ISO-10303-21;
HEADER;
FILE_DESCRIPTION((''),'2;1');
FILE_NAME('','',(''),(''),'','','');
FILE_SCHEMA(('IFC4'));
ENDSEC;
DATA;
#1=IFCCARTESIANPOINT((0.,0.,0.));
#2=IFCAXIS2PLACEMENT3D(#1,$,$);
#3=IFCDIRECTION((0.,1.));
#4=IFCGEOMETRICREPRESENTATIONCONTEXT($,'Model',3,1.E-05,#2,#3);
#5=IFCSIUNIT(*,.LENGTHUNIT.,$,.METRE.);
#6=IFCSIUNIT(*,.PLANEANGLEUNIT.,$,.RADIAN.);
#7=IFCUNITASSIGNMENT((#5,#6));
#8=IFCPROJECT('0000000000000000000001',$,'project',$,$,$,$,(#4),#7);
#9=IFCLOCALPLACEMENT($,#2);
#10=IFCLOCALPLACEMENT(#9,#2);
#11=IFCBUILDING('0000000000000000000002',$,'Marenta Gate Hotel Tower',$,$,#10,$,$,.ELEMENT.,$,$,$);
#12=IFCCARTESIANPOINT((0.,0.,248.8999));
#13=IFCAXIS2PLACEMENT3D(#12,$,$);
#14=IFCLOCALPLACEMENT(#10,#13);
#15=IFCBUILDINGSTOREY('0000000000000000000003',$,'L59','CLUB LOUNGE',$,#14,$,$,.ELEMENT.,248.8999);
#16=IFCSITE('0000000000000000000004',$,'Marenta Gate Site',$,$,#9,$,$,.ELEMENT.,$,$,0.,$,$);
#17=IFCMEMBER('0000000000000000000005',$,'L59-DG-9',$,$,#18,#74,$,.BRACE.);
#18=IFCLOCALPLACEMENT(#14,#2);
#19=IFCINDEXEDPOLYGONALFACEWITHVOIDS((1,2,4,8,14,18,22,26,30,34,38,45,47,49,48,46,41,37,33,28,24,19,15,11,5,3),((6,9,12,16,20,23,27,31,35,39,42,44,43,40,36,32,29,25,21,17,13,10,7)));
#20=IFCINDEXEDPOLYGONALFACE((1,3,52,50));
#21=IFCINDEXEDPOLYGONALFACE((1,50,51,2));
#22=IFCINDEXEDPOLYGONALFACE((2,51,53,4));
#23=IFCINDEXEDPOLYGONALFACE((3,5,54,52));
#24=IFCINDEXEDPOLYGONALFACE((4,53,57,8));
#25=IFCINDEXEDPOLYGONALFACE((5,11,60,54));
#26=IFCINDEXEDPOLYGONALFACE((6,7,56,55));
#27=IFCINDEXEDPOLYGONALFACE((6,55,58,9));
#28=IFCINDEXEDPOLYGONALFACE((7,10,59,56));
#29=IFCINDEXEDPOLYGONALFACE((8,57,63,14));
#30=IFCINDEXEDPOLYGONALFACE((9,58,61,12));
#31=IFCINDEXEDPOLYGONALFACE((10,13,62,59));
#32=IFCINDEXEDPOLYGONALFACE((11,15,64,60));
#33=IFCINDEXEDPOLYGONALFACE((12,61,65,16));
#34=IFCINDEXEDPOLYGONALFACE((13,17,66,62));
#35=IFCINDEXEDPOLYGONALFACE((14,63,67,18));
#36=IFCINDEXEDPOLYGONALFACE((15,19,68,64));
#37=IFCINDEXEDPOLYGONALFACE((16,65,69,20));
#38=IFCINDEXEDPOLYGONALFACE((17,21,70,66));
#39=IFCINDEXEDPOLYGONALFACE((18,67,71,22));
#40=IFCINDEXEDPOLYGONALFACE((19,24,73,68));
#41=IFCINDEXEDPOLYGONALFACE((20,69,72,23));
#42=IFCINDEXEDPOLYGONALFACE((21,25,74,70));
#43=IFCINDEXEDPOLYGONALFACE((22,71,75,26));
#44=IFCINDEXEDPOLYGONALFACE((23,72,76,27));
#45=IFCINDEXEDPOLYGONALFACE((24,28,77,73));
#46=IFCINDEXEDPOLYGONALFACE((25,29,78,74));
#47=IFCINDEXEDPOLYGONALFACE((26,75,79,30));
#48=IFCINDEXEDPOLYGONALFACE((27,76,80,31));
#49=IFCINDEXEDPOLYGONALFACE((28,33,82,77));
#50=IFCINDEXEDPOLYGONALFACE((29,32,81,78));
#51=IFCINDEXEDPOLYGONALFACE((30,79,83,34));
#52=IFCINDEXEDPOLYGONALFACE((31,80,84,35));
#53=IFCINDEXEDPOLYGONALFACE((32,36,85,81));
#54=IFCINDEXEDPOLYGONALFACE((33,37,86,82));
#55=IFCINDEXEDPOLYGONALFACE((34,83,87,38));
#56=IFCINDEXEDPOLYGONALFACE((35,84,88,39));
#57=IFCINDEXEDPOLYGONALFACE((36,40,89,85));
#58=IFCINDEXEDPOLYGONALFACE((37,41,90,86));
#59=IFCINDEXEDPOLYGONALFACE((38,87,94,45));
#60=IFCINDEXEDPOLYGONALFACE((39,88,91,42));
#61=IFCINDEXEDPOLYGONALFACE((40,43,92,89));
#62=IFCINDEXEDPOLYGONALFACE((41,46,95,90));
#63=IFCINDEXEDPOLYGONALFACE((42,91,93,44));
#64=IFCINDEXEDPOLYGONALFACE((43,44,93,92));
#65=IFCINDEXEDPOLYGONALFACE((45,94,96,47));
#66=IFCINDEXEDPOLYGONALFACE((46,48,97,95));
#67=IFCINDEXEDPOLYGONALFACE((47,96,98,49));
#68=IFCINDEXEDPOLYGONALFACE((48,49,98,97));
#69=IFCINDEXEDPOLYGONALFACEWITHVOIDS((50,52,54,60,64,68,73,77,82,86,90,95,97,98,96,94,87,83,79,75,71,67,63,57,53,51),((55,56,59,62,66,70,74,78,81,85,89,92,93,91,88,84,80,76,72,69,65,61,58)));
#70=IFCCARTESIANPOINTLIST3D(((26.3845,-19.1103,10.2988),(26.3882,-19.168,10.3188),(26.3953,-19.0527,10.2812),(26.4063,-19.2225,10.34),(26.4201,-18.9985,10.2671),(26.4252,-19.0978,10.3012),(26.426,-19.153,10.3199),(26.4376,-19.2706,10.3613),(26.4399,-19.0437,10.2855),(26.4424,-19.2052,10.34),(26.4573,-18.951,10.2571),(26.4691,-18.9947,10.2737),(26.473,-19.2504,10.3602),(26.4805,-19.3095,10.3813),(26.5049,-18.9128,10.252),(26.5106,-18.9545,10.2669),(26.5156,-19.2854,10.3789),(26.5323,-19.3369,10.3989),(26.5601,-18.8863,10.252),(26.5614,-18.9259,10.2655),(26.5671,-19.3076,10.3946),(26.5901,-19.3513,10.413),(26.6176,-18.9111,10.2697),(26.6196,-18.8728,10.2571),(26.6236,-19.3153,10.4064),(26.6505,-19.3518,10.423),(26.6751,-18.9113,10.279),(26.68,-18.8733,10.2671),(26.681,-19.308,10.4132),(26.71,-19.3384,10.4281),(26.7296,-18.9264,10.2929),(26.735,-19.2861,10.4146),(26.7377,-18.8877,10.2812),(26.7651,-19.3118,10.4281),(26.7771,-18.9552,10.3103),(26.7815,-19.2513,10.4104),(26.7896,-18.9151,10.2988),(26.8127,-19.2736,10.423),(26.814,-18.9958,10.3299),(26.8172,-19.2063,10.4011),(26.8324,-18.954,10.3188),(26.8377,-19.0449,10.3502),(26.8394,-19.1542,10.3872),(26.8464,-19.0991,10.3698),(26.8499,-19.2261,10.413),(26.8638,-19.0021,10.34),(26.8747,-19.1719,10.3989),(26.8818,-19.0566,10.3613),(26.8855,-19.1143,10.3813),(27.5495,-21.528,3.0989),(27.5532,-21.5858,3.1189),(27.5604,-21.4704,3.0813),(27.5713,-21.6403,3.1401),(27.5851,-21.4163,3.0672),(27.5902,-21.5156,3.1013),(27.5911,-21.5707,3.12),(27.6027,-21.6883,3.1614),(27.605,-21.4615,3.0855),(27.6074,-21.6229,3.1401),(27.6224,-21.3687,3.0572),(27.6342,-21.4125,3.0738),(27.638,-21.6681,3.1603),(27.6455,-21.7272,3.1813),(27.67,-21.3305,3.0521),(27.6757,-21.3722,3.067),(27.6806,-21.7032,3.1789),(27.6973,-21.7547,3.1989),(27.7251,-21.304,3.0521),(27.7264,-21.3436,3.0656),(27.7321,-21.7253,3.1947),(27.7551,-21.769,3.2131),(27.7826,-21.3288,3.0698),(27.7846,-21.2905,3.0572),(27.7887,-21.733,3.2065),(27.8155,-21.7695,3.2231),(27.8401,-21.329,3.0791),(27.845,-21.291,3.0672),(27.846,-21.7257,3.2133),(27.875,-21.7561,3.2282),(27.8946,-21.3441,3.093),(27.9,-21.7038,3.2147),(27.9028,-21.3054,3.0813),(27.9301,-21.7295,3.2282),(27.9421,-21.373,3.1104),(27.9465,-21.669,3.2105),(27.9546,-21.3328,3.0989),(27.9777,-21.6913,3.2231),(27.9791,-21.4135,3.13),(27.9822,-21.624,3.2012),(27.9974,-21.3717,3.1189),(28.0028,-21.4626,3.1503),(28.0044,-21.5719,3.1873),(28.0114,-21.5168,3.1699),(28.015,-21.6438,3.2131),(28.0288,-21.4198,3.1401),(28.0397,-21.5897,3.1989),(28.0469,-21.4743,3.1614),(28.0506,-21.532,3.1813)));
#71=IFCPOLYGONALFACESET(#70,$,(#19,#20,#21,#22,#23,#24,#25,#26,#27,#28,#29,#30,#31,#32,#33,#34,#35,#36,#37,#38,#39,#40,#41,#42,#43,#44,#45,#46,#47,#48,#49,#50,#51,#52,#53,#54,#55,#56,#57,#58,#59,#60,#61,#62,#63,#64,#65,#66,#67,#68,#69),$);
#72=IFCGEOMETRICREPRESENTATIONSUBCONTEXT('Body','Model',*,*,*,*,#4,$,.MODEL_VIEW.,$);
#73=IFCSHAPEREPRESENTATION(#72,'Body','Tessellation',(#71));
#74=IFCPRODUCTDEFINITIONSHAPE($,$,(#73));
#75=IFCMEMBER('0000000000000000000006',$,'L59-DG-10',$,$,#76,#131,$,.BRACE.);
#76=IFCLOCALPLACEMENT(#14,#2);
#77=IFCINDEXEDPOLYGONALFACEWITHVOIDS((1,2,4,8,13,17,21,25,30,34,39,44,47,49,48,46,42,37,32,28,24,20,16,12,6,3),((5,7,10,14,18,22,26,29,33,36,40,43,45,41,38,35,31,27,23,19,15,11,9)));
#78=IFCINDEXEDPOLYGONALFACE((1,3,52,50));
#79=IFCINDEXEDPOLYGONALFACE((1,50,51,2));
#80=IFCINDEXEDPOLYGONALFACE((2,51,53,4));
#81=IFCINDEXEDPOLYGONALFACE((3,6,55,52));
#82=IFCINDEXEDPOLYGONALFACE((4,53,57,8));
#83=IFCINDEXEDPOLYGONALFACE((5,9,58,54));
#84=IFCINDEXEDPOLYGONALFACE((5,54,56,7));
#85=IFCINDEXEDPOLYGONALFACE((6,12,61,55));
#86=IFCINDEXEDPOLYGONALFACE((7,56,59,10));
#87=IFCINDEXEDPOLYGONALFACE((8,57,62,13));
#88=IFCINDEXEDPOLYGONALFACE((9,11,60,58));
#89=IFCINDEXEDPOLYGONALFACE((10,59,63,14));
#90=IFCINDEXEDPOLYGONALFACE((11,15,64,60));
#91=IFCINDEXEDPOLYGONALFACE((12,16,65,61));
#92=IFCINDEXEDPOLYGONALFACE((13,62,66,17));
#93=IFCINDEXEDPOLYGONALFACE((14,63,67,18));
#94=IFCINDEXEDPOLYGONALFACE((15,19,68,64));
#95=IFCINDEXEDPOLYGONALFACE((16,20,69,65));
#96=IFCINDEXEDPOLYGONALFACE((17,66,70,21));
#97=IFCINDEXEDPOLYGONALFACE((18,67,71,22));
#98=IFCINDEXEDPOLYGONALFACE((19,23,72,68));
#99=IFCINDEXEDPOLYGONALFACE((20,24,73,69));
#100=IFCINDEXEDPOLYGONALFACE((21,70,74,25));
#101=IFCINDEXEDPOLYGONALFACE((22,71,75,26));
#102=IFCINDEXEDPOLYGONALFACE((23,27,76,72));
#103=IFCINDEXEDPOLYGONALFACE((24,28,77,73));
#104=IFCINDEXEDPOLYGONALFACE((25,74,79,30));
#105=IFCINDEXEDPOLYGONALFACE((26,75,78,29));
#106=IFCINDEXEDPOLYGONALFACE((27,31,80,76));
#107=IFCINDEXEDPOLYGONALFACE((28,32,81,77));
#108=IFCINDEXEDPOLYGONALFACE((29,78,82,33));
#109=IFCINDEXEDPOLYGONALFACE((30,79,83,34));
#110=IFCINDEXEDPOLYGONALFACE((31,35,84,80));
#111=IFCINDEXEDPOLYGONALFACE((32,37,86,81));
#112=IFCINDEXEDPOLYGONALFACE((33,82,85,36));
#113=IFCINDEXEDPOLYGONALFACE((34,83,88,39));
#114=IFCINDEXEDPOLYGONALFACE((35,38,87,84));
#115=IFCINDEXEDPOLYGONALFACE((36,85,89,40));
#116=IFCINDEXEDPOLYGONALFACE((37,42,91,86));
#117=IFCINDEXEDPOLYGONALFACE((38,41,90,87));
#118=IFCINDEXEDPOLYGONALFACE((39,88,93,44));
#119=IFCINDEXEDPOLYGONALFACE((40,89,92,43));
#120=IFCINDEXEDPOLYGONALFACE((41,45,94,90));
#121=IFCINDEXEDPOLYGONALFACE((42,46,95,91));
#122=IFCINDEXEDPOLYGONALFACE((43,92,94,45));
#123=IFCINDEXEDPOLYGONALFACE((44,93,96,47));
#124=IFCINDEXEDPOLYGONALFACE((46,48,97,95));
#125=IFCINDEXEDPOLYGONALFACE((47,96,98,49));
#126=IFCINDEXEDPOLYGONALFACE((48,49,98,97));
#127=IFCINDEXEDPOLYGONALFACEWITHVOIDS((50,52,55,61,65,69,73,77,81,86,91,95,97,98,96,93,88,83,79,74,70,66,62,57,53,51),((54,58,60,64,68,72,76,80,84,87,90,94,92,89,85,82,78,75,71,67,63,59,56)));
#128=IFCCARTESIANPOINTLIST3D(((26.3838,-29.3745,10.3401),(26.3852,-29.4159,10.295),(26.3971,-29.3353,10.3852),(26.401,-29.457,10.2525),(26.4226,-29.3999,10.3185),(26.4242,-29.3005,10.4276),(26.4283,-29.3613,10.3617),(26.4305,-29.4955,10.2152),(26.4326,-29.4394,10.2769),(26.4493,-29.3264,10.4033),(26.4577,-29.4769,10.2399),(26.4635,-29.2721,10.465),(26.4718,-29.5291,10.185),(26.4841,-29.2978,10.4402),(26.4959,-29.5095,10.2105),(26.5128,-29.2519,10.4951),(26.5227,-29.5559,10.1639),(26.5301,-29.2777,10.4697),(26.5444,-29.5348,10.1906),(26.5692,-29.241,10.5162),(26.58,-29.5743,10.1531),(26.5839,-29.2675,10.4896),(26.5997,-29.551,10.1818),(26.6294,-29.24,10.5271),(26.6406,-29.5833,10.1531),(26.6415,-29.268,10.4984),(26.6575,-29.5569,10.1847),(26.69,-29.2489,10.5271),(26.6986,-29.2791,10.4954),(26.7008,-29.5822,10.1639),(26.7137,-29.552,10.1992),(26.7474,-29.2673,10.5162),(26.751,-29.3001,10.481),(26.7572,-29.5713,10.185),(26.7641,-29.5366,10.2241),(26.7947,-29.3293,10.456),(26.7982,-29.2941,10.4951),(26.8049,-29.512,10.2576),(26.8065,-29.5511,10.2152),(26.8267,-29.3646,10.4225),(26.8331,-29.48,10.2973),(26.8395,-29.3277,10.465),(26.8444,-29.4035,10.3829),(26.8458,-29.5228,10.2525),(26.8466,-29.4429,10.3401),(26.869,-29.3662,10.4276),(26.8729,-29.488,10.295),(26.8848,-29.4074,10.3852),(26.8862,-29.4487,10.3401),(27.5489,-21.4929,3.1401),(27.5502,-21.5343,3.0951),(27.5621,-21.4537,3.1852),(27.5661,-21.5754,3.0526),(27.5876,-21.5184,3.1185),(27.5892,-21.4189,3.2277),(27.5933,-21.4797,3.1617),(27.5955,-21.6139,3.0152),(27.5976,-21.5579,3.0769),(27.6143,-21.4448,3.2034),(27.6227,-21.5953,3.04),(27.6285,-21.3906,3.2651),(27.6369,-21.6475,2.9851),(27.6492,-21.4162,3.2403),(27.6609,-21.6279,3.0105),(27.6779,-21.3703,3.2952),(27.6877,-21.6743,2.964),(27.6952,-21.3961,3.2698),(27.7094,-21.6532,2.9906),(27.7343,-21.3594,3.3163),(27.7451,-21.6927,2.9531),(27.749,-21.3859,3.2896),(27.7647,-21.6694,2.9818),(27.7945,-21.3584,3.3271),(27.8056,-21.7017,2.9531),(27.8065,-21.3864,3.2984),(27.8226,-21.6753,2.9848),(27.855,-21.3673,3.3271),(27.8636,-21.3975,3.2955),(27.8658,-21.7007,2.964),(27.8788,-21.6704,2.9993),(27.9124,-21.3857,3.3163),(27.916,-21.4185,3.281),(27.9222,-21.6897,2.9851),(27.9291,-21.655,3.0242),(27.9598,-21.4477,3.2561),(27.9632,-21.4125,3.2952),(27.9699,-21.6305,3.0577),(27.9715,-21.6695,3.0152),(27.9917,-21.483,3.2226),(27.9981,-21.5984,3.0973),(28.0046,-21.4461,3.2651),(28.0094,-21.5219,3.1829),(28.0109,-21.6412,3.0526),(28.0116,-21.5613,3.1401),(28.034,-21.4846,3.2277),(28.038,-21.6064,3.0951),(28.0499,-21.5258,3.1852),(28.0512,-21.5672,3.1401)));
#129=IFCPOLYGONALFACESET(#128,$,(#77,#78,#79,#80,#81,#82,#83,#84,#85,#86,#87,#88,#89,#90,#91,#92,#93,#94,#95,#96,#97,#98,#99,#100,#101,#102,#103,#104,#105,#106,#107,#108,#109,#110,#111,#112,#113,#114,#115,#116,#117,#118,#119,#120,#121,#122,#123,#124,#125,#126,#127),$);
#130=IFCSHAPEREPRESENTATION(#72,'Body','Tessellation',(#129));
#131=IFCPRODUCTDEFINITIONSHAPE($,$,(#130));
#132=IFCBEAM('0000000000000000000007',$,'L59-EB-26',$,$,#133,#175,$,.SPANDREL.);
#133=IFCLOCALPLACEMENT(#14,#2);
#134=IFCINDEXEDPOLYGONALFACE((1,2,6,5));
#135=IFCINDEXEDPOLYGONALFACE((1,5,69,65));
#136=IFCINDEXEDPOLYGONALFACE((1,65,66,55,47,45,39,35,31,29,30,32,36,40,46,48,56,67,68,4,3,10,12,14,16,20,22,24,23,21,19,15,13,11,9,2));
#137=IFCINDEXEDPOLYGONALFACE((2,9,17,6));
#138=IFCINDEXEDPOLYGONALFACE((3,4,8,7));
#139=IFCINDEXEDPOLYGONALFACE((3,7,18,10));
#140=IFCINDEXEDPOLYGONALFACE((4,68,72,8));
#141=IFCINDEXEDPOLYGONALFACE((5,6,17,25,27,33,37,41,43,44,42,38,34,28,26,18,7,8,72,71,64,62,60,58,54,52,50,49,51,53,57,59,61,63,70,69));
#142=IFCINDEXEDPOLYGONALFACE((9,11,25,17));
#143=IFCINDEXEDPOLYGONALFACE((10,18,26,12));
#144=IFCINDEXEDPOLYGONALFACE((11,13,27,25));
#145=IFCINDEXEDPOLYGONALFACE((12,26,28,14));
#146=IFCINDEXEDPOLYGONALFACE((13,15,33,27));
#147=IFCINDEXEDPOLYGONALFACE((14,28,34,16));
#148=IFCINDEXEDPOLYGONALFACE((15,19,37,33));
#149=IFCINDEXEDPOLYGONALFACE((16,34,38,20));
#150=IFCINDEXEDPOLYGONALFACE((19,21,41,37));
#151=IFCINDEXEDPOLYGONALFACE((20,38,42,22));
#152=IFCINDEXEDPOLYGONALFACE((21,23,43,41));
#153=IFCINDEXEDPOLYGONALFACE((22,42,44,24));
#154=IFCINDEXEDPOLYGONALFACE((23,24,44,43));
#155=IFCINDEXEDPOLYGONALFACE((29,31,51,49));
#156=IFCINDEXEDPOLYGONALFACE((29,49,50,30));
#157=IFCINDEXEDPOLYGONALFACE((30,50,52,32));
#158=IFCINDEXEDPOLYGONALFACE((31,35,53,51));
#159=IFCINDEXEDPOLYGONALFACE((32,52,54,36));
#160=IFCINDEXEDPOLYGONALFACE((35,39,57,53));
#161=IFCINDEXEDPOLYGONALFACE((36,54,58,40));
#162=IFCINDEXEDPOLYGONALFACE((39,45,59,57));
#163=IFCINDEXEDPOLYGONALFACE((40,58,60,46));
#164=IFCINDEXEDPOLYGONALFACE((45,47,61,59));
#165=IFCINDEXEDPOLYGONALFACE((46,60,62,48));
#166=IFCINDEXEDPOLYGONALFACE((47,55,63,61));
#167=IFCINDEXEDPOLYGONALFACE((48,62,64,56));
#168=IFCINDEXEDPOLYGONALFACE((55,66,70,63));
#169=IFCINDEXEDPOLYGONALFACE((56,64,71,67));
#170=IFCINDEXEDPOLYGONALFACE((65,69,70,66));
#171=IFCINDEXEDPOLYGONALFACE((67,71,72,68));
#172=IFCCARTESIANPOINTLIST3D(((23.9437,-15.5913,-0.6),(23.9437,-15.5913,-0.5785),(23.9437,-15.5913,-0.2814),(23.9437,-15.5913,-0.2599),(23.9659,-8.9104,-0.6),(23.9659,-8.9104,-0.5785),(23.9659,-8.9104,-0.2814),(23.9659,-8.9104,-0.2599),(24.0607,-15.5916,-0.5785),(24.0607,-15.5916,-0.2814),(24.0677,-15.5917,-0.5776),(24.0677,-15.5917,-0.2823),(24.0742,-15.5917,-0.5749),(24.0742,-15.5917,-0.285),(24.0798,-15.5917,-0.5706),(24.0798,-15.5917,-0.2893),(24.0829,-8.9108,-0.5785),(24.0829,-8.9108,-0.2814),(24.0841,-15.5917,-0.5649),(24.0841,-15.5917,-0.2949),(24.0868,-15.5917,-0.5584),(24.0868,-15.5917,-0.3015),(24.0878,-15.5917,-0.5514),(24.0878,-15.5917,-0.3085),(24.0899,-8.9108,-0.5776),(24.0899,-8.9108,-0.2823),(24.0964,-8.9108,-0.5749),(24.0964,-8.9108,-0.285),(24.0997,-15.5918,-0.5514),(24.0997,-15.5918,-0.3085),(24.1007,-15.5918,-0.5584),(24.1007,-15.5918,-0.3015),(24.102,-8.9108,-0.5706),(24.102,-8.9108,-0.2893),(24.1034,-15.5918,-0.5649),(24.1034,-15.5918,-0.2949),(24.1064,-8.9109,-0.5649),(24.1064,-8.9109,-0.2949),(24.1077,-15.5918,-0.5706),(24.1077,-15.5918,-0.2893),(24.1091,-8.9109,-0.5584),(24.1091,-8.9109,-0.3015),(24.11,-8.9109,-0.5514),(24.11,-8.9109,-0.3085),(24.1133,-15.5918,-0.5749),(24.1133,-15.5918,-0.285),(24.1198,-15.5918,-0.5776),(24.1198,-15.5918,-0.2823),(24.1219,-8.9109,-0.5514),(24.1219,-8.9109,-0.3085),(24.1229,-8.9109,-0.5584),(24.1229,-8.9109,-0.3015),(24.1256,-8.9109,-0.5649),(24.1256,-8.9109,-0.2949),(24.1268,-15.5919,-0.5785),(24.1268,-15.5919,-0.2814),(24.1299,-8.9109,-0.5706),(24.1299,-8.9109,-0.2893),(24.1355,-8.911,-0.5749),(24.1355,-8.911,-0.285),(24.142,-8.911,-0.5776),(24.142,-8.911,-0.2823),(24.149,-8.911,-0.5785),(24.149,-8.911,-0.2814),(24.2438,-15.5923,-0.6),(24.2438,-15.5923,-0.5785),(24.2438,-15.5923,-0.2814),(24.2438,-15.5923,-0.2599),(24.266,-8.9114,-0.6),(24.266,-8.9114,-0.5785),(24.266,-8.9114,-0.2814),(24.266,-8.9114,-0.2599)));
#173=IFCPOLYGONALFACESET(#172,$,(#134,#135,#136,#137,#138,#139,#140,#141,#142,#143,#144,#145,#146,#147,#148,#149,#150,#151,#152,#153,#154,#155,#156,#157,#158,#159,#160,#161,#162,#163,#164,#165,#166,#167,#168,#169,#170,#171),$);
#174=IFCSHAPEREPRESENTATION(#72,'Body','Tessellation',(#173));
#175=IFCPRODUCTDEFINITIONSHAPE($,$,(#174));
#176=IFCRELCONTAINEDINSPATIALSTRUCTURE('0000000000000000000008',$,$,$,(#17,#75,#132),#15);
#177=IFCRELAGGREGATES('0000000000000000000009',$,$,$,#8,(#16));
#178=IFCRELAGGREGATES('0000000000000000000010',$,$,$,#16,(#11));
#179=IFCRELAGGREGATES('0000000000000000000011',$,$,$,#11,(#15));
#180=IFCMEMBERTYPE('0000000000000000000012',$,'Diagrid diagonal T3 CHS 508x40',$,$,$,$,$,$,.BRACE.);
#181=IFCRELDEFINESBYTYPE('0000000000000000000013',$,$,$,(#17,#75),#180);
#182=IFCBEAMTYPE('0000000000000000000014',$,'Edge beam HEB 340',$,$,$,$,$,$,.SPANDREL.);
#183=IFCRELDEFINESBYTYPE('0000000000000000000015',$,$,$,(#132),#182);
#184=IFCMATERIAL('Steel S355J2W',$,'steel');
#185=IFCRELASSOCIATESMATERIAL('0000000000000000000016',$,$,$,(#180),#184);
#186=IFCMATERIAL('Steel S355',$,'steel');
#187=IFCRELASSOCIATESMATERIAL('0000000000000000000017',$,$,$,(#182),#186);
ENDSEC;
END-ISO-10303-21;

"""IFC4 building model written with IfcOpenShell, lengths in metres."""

from ifc_helpers import new_model, si_unit, direction, frame, origin, origin_2d, place, context, subcontext, project, spatial, hollow_circle, i_section, extrude, material, material_profile, profile_set, type_object, element, save


model = new_model("IFC4")

# Units and contexts
model_context = context("Model", 3, precision=1e-05, world=origin(), true_north=direction((0.0, 1.0)))
body_context = subcontext(model_context, "Body", "Model", "MODEL_VIEW")
ifc_project = project(units=[si_unit("LENGTHUNIT", "METRE"), si_unit("PLANEANGLEUNIT", "RADIAN")], contexts=[model_context])

# Site, building, storey
site_placement = place(None, origin())
site = spatial("IfcSite", under=ifc_project, at=site_placement, Name="Marenta Gate Site", CompositionType="ELEMENT", RefElevation=0.0)
building_placement = place(site_placement, origin())
building = spatial("IfcBuilding", under=site, at=building_placement, Name="Marenta Gate Hotel Tower", CompositionType="ELEMENT")
storey_placement = place(building_placement, frame((0.0, 0.0, 248.8999)))
storey = spatial("IfcBuildingStorey", under=building, at=storey_placement, Name="L59", Description="CLUB LOUNGE", CompositionType="ELEMENT", Elevation=248.8999)

# Members
ifc_material_1 = material(Name="Steel S355J2W", Category="steel")
ifc_material_profile_1 = material_profile(ifc_material_1, hollow_circle(Radius=0.2539, WallThickness=0.04, at=origin_2d()), Name="CHS 508x40")
ifc_profile_set_1 = profile_set([ifc_material_profile_1], Name="Steel S355J2W")
member_type_1 = type_object("IfcMemberType", Name="Diagrid diagonal T3 CHS 508x40", PredefinedType="BRACE", material=ifc_profile_set_1)
member_1_placement = place(storey_placement, frame((27.8, -21.53, 3.1401), z_axis=(-0.151621, 0.314649, 0.93702), x_axis=(-0.900863, -0.434103, 0.0)))
element("IfcMember", 1, at=member_1_placement, inside=storey, type_object=member_type_1, Name="L59-DG-9", PredefinedType="BRACE", context=body_context, shape_type="SweptSolid", body=[
    extrude(hollow_circle(Radius=0.2539, WallThickness=0.04, at=origin_2d()), origin(), (0.0, 0.0, 1.0), 7.6838),
])
member_2_placement = place(storey_placement, frame((27.8, -21.53, 3.1401), z_axis=(-0.108491, -0.733954, 0.670478), x_axis=(0.989251, -0.146229, 0.0)))
element("IfcMember", 2, at=member_2_placement, inside=storey, type_object=member_type_1, Name="L59-DG-10", PredefinedType="BRACE", context=body_context, shape_type="SweptSolid", body=[
    extrude(hollow_circle(Radius=0.2539, WallThickness=0.04, at=origin_2d()), origin(), (0.0, 0.0, 1.0), 10.7385),
])

# Beam
ifc_material_2 = material(Name="Steel S355", Category="steel")
ifc_material_profile_2 = material_profile(ifc_material_2, i_section(OverallWidth=0.3, OverallDepth=0.3401, WebThickness=0.012, FlangeThickness=0.0215, FilletRadius=0.0271, at=origin_2d()), Name="HEB 340")
ifc_profile_set_2 = profile_set([ifc_material_profile_2], Name="Steel S355")
beam_type_1 = type_object("IfcBeamType", Name="Edge beam HEB 340", PredefinedType="SPANDREL", material=ifc_profile_set_2)
beam_1_placement = place(storey_placement, frame((24.116, -8.9109, -0.4299), z_axis=(-0.003325, -0.999994, 0.0), x_axis=(0.999994, -0.003325, 0.0)))
element("IfcBeam", 3, at=beam_1_placement, inside=storey, type_object=beam_type_1, Name="L59-EB-26", PredefinedType="SPANDREL", context=body_context, shape_type="SweptSolid", body=[
    extrude(i_section(OverallWidth=0.3, OverallDepth=0.3401, WebThickness=0.012, FlangeThickness=0.0215, FilletRadius=0.0271, at=origin_2d()), origin(), (0.0, 0.0, 1.0), 6.6809),
])

save(model, "model.ifc")
